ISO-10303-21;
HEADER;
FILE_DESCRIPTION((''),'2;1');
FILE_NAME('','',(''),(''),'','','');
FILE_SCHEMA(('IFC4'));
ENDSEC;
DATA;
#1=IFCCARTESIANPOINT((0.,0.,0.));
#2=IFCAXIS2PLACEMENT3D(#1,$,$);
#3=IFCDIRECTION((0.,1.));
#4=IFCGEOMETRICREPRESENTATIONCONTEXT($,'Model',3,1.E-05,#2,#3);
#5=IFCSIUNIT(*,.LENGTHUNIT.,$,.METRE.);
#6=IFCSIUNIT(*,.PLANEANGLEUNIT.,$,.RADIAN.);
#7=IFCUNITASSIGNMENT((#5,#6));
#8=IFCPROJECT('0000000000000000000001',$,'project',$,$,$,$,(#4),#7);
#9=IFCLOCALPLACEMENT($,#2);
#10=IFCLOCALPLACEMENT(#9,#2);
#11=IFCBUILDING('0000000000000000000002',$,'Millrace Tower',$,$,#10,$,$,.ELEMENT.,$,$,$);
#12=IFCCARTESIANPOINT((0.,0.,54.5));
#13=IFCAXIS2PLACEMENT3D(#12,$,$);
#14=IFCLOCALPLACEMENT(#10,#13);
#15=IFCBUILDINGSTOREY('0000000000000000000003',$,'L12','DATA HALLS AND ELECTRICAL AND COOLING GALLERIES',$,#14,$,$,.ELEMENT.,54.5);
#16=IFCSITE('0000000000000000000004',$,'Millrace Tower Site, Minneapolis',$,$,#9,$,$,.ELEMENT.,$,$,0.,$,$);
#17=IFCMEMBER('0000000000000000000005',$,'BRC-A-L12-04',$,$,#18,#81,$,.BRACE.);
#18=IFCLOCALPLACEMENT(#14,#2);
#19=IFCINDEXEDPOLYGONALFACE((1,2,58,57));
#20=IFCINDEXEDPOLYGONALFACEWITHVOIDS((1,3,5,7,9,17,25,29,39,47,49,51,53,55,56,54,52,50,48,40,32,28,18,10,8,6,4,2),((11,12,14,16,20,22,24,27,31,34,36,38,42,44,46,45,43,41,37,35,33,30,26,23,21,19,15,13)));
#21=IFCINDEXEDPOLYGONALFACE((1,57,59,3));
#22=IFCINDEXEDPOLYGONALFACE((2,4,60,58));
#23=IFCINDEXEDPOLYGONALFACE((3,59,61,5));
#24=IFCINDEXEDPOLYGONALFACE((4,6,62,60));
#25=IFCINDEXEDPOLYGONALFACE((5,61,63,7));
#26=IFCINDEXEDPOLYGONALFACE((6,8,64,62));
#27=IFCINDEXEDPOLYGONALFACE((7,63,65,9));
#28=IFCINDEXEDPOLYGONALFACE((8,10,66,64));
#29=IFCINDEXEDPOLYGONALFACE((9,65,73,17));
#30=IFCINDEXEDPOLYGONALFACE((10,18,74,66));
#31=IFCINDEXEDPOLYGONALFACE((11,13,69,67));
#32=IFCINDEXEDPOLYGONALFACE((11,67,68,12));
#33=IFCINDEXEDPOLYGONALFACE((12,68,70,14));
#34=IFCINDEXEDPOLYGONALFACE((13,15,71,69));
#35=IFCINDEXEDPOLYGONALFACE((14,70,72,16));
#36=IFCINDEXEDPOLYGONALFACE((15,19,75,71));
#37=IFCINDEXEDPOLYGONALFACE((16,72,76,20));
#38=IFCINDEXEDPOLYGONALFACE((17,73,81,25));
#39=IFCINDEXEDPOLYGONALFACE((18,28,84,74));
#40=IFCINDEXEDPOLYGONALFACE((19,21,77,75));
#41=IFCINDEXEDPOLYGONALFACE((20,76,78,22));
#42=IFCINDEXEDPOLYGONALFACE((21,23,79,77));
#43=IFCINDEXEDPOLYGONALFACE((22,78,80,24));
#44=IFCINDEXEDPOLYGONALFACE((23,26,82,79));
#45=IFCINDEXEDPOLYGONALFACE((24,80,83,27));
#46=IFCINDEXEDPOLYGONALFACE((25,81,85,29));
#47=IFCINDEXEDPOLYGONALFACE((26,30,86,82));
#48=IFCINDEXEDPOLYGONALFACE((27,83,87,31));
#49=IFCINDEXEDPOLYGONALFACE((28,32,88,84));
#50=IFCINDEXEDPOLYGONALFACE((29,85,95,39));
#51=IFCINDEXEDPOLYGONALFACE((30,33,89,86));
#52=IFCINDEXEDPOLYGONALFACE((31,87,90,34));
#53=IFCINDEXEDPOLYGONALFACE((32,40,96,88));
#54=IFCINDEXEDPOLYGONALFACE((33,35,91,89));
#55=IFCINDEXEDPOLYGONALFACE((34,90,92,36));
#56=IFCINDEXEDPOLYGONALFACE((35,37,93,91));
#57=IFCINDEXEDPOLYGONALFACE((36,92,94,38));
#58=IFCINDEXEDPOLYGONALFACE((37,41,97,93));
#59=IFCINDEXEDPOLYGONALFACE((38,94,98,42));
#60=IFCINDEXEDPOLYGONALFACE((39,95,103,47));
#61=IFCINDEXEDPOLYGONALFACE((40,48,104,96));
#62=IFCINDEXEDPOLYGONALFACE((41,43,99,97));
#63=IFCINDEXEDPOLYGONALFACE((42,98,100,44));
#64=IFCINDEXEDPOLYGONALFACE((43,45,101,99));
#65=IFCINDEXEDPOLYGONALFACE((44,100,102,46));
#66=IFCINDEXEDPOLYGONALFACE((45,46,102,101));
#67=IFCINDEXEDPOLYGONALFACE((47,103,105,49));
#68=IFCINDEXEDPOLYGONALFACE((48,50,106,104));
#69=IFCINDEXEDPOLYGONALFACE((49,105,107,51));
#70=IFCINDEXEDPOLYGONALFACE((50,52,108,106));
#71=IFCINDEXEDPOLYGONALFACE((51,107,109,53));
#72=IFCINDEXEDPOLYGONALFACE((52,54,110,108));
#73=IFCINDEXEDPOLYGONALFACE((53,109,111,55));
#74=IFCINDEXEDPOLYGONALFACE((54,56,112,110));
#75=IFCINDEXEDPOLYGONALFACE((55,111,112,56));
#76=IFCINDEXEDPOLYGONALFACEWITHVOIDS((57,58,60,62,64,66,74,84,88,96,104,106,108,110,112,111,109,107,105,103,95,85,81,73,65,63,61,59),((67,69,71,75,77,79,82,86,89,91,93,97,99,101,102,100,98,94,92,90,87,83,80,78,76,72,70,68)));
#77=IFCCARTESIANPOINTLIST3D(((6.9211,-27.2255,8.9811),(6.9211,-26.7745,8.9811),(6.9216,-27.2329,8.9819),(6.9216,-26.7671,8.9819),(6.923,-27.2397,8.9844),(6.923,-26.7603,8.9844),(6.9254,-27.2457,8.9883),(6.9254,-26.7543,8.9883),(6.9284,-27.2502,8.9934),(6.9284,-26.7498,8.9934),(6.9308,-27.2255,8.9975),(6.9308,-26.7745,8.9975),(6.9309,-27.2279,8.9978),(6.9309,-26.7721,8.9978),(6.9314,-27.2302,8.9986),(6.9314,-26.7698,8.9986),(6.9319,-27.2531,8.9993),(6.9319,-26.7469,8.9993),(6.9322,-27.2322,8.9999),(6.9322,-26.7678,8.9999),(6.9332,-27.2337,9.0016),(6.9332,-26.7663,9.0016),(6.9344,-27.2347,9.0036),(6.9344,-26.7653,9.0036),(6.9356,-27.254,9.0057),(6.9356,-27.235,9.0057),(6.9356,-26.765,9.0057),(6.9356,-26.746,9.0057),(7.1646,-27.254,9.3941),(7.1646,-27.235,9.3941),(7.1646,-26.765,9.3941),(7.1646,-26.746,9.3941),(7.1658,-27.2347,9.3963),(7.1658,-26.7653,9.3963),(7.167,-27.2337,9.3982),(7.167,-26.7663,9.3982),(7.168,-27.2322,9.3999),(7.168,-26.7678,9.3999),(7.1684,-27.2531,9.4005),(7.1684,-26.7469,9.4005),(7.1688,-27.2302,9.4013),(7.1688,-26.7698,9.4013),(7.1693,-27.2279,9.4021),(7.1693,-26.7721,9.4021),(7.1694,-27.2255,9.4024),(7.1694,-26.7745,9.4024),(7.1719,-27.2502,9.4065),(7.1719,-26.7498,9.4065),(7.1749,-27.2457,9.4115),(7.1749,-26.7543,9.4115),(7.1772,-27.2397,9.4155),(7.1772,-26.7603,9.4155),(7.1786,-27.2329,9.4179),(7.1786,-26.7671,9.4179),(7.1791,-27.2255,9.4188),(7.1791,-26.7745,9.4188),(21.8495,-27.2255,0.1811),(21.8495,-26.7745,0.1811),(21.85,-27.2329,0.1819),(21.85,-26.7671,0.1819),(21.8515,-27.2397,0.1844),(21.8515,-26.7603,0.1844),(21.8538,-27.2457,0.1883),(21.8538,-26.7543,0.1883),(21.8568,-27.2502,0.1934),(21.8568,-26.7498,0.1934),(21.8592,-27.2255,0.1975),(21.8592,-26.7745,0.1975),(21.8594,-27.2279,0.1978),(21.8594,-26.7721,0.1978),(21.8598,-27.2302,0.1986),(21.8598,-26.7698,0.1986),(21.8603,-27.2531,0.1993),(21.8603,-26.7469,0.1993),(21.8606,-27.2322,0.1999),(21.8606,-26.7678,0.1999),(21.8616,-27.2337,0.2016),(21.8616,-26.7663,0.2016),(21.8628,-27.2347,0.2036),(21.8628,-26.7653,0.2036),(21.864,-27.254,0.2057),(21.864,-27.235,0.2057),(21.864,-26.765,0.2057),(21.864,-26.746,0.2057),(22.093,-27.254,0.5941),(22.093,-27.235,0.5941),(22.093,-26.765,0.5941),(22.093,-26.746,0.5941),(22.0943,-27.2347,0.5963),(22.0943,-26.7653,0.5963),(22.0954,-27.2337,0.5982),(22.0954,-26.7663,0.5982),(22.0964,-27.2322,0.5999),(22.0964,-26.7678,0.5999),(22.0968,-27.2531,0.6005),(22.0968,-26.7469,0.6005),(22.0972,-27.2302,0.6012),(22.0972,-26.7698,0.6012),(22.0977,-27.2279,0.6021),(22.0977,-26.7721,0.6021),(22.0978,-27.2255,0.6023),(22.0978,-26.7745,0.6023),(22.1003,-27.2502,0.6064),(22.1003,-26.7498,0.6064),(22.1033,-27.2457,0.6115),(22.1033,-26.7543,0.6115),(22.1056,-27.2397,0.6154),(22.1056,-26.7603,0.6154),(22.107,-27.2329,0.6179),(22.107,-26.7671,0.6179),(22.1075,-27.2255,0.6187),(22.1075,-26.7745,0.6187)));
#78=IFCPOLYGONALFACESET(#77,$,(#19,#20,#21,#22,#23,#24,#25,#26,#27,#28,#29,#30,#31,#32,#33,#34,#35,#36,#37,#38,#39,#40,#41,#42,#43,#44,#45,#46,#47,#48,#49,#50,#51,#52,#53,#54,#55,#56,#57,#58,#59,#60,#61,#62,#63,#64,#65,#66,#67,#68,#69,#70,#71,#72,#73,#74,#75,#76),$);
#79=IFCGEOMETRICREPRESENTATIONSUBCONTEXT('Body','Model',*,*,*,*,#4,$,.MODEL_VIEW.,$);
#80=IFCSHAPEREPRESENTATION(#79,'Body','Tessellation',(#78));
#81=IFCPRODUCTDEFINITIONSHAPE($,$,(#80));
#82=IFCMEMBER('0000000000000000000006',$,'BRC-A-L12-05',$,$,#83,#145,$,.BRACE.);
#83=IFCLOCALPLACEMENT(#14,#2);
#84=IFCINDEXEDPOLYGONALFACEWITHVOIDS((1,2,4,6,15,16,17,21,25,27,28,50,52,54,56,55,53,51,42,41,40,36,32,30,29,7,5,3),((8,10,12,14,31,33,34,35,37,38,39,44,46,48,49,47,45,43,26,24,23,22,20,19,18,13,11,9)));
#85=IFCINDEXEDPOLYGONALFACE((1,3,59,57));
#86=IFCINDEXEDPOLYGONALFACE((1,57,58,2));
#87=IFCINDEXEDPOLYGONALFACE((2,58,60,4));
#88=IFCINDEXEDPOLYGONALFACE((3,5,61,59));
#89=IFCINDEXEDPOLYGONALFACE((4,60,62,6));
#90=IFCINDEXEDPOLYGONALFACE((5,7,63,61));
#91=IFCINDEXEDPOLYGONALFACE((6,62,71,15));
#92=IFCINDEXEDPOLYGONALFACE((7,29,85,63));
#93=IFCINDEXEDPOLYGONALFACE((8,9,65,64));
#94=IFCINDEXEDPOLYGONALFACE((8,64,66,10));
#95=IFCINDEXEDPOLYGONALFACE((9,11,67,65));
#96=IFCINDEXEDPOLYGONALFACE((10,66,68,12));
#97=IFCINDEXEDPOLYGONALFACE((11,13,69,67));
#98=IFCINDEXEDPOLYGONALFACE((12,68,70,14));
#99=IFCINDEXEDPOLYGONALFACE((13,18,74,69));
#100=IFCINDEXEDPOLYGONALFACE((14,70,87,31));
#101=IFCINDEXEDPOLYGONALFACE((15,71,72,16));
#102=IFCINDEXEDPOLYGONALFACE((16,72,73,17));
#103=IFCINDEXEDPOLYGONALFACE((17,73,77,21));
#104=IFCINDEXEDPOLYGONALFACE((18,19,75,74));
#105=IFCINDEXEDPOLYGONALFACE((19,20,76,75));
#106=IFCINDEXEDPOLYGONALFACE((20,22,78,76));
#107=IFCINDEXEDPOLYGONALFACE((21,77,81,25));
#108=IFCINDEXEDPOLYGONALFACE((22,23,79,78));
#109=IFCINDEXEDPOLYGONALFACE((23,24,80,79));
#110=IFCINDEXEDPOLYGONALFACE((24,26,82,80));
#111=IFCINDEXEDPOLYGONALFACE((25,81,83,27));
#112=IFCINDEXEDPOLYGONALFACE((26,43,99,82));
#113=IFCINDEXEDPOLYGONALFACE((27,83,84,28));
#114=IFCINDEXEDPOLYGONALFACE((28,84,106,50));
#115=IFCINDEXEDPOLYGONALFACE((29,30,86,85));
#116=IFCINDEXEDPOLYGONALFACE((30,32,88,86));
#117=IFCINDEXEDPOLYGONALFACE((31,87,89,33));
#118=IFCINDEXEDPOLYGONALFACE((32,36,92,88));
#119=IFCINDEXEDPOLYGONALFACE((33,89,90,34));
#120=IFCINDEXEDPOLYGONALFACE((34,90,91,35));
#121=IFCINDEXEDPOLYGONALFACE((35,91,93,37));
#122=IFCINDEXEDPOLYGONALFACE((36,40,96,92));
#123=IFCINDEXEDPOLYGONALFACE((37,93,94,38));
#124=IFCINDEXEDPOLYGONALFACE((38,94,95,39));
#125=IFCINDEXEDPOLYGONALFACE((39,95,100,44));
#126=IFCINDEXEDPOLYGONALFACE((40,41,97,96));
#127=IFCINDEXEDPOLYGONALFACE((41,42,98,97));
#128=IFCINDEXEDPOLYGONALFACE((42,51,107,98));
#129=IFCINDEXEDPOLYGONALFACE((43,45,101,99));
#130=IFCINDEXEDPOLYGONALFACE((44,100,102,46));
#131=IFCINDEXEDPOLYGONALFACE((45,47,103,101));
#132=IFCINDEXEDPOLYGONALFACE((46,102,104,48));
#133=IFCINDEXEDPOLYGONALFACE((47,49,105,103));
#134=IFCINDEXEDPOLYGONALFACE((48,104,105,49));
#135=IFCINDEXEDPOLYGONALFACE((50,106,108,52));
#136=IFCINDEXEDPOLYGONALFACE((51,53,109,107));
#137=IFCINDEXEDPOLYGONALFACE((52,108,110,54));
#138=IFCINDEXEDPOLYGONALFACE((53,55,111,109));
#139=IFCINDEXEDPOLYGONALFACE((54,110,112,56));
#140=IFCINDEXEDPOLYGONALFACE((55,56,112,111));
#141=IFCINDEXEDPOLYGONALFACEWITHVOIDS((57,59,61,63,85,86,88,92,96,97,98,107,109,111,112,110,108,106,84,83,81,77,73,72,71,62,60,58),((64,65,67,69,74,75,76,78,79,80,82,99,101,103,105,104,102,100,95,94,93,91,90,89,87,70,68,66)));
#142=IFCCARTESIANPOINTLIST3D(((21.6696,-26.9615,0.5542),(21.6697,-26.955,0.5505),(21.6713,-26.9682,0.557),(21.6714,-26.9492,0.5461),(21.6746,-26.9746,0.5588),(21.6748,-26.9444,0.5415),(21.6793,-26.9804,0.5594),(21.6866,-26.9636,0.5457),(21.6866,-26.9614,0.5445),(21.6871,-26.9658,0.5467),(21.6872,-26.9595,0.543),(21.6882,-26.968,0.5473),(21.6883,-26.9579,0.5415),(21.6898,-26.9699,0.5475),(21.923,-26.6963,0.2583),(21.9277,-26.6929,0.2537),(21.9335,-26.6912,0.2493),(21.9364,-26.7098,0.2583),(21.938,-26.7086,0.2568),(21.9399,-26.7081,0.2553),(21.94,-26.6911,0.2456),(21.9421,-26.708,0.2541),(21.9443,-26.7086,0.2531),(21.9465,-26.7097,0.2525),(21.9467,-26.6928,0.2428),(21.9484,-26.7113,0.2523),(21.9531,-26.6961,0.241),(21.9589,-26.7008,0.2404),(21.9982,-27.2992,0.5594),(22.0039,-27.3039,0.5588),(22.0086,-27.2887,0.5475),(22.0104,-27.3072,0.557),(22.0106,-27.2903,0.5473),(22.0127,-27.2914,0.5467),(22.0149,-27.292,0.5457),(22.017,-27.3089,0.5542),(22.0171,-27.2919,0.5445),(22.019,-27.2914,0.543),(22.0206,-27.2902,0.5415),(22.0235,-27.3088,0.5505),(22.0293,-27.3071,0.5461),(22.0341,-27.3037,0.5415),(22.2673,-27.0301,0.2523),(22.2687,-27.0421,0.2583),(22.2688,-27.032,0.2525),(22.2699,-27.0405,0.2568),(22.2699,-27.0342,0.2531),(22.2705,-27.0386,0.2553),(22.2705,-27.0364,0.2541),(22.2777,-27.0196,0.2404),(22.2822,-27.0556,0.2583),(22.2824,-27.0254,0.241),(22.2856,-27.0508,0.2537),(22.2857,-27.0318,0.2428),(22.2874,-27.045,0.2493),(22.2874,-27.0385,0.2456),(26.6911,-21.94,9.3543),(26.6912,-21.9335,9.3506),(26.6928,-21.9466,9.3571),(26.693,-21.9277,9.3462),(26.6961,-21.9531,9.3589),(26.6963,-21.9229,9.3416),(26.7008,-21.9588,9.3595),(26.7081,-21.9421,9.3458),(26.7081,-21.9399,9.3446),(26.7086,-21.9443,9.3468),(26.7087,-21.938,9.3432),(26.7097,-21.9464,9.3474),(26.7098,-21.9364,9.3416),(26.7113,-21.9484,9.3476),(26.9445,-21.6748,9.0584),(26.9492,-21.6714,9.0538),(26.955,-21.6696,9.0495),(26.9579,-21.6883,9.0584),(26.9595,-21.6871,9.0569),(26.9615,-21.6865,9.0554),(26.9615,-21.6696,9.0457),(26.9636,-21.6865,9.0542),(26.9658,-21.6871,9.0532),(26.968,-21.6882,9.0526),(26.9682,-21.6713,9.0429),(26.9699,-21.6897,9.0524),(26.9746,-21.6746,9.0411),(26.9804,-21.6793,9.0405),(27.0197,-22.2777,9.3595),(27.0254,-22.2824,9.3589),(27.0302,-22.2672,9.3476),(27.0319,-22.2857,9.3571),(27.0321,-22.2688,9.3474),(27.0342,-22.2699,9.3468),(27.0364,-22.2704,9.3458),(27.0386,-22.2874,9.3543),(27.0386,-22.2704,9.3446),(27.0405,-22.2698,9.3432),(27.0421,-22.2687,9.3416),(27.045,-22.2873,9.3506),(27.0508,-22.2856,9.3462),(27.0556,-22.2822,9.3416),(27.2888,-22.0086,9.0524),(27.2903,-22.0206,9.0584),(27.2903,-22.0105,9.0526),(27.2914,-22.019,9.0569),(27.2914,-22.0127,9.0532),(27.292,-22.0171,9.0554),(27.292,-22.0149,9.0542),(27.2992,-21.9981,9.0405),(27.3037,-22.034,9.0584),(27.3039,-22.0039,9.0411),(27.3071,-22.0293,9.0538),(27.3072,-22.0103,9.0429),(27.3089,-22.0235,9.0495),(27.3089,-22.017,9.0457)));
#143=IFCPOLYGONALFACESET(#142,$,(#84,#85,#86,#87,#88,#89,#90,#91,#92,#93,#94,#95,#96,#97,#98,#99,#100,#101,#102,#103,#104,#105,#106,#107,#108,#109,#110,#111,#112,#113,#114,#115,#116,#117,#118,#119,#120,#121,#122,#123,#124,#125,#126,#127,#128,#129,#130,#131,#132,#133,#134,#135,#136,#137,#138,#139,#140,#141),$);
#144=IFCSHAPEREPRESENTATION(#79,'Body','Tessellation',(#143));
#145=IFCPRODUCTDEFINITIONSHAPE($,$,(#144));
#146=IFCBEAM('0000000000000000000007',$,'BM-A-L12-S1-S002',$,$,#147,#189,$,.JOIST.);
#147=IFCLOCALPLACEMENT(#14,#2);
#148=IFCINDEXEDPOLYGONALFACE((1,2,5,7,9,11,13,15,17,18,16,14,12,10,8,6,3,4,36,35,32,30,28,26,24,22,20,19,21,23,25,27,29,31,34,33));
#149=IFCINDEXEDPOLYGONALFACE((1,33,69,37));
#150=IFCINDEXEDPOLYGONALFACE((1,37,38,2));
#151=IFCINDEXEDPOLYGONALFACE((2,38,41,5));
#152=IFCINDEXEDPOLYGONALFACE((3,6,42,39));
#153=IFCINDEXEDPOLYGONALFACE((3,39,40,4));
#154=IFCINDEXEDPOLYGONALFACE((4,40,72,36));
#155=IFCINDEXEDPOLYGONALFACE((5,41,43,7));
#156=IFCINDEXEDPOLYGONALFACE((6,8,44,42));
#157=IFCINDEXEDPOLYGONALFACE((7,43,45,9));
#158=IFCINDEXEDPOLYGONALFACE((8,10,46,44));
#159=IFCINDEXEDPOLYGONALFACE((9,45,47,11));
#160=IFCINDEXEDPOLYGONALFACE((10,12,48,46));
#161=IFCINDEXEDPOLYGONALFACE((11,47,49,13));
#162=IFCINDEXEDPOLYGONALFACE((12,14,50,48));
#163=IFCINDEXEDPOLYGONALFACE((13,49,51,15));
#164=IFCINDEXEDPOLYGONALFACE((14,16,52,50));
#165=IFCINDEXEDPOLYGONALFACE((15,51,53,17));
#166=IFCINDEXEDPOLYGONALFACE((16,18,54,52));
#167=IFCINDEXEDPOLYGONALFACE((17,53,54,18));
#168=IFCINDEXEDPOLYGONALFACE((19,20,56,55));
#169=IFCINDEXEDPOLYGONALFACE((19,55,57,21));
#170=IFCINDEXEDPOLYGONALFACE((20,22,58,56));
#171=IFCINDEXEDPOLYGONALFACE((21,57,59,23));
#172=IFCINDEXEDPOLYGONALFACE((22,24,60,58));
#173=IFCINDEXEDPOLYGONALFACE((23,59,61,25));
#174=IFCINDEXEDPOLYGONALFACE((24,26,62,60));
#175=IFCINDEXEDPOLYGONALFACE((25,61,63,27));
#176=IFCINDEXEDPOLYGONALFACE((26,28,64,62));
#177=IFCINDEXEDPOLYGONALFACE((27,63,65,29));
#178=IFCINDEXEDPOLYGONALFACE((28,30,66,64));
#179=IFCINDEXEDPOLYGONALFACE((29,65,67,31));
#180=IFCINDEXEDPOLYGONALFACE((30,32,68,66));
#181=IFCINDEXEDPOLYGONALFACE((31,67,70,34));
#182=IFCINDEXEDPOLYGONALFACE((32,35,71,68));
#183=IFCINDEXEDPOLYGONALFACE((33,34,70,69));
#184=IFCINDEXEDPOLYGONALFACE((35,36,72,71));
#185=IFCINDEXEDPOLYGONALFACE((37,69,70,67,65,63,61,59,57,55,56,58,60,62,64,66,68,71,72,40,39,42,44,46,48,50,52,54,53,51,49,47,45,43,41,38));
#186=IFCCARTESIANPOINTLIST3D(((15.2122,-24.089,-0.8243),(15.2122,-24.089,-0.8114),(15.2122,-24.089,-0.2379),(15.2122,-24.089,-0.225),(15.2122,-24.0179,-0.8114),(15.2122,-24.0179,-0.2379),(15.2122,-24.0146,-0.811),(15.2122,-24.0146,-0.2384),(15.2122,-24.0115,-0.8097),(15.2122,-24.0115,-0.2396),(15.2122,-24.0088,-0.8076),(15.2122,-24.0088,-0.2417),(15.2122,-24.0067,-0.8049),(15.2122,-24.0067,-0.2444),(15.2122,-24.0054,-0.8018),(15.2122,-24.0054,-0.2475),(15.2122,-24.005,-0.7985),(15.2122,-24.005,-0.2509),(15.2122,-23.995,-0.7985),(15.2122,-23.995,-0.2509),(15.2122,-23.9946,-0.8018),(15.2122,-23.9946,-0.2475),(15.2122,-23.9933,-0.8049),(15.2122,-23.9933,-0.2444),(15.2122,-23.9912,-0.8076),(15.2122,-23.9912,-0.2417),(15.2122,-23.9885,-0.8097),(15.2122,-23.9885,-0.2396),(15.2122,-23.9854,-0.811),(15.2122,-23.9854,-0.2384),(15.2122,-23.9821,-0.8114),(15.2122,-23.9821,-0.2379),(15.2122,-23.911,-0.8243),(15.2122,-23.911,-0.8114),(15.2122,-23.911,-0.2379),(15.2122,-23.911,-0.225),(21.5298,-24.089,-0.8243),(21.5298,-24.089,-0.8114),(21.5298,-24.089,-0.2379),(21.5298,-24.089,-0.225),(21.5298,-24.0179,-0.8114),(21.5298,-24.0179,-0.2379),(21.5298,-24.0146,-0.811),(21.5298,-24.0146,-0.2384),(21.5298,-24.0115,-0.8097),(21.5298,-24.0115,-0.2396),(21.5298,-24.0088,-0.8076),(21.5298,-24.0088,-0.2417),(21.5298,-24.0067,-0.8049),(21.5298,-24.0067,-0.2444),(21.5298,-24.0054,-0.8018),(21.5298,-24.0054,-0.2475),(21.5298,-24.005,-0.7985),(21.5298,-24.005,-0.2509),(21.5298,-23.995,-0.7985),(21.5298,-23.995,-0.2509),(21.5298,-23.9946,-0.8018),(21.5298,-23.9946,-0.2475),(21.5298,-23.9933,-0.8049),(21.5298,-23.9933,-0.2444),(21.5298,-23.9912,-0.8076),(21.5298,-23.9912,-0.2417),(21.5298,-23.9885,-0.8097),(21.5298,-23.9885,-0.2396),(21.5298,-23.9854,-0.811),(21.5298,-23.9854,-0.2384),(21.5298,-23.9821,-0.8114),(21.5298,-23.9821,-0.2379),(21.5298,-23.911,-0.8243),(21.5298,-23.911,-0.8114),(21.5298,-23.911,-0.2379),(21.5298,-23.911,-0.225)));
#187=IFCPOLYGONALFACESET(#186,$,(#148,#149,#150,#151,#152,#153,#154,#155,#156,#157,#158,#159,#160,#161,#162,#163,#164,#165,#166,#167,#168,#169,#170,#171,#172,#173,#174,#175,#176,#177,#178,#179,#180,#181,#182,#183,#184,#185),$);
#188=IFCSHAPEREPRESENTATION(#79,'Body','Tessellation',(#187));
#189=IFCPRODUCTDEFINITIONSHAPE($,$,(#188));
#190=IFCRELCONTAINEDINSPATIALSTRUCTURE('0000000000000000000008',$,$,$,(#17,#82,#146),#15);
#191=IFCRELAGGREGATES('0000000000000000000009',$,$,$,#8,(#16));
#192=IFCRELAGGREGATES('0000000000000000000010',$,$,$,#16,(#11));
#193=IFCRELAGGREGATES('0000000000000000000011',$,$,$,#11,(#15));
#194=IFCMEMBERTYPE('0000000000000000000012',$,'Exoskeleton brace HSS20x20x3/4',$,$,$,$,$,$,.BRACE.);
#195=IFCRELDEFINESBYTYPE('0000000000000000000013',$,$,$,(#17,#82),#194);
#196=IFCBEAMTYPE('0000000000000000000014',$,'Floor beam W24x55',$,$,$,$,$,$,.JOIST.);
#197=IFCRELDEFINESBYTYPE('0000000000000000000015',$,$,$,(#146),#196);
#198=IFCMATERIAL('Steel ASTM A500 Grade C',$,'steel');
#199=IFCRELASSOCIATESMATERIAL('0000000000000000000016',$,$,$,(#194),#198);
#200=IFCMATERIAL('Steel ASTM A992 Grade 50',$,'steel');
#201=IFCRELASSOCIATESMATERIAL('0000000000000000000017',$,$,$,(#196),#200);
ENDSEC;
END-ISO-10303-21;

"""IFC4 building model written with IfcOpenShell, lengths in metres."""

from ifc_helpers import new_model, si_unit, direction, frame, origin, origin_2d, place, context, subcontext, project, spatial, hollow_rectangle, i_section, extrude, material, material_profile, profile_set, type_object, element, save


model = new_model("IFC4")

# Units and contexts
model_context = context("Model", 3, precision=1e-05, world=origin(), true_north=direction((0.0, 1.0)))
body_context = subcontext(model_context, "Body", "Model", "MODEL_VIEW")
ifc_project = project(units=[si_unit("LENGTHUNIT", "METRE"), si_unit("PLANEANGLEUNIT", "RADIAN")], contexts=[model_context])

# Site, building, storey
site_placement = place(None, origin())
site = spatial("IfcSite", under=ifc_project, at=site_placement, Name="Millrace Tower Site, Minneapolis", CompositionType="ELEMENT", RefElevation=0.0)
building_placement = place(site_placement, origin())
building = spatial("IfcBuilding", under=site, at=building_placement, Name="Millrace Tower", CompositionType="ELEMENT")
storey_placement = place(building_placement, frame((0.0, 0.0, 54.5)))
storey = spatial("IfcBuildingStorey", under=building, at=storey_placement, Name="L12", Description="DATA HALLS AND ELECTRICAL AND COOLING GALLERIES", CompositionType="ELEMENT", Elevation=54.5)

# Members
ifc_material_1 = material(Name="Steel ASTM A500 Grade C", Category="steel")
ifc_material_profile_1 = material_profile(ifc_material_1, hollow_rectangle(XDim=0.5081, YDim=0.5081, WallThickness=0.019, InnerFilletRadius=0.0095, OuterFilletRadius=0.0286, at=origin_2d()))
ifc_profile_set_1 = profile_set([ifc_material_profile_1], Name="Steel ASTM A500 Grade C")
member_type_1 = type_object("IfcMemberType", Name="Exoskeleton brace HSS20x20x3/4", PredefinedType="BRACE", material=ifc_profile_set_1)
member_1_placement = place(storey_placement, frame((21.9785, -27.0, 0.3999), z_axis=(-0.861465, 0.0, 0.507817), x_axis=(0.0, -1.0, 0.0)))
element("IfcMember", 1, at=member_1_placement, inside=storey, type_object=member_type_1, Name="BRC-A-L12-04", PredefinedType="BRACE", context=body_context, shape_type="SweptSolid", body=[
    extrude(hollow_rectangle(XDim=0.5081, YDim=0.5081, WallThickness=0.019, InnerFilletRadius=0.0095, OuterFilletRadius=0.0286, at=origin_2d()), origin(), (0.0, 0.0, 1.0), 17.3291),
])
member_2_placement = place(storey_placement, frame((21.9785, -27.0, 0.3999), z_axis=(0.444064, 0.444064, 0.778213), x_axis=(-0.707107, 0.707107, 0.0)))
element("IfcMember", 2, at=member_2_placement, inside=storey, type_object=member_type_1, Name="BRC-A-L12-05", PredefinedType="BRACE", context=body_context, shape_type="SweptSolid", body=[
    extrude(hollow_rectangle(XDim=0.5081, YDim=0.5081, WallThickness=0.019, InnerFilletRadius=0.0095, OuterFilletRadius=0.0286, at=origin_2d()), origin(), (0.0, 0.0, 1.0), 11.3081),
])

# Beam
ifc_material_2 = material(Name="Steel ASTM A992 Grade 50", Category="steel")
ifc_material_profile_2 = material_profile(ifc_material_2, i_section(OverallWidth=0.178, OverallDepth=0.5994, WebThickness=0.01, FlangeThickness=0.0129, FilletRadius=0.0129, at=origin_2d()))
ifc_profile_set_2 = profile_set([ifc_material_profile_2], Name="Steel ASTM A992 Grade 50")
beam_type_1 = type_object("IfcBeamType", Name="Floor beam W24x55", PredefinedType="JOIST", material=ifc_profile_set_2)
beam_1_placement = place(storey_placement, frame((15.2122, -24.0, -0.5247), z_axis=(1.0, 0.0, 0.0), x_axis=(0.0, 1.0, 0.0)))
element("IfcBeam", 3, at=beam_1_placement, inside=storey, type_object=beam_type_1, Name="BM-A-L12-S1-S002", PredefinedType="JOIST", context=body_context, shape_type="SweptSolid", body=[
    extrude(i_section(OverallWidth=0.178, OverallDepth=0.5994, WebThickness=0.01, FlangeThickness=0.0129, FilletRadius=0.0129, at=origin_2d()), origin(), (0.0, 0.0, 1.0), 6.3176),
])

save(model, "model.ifc")
